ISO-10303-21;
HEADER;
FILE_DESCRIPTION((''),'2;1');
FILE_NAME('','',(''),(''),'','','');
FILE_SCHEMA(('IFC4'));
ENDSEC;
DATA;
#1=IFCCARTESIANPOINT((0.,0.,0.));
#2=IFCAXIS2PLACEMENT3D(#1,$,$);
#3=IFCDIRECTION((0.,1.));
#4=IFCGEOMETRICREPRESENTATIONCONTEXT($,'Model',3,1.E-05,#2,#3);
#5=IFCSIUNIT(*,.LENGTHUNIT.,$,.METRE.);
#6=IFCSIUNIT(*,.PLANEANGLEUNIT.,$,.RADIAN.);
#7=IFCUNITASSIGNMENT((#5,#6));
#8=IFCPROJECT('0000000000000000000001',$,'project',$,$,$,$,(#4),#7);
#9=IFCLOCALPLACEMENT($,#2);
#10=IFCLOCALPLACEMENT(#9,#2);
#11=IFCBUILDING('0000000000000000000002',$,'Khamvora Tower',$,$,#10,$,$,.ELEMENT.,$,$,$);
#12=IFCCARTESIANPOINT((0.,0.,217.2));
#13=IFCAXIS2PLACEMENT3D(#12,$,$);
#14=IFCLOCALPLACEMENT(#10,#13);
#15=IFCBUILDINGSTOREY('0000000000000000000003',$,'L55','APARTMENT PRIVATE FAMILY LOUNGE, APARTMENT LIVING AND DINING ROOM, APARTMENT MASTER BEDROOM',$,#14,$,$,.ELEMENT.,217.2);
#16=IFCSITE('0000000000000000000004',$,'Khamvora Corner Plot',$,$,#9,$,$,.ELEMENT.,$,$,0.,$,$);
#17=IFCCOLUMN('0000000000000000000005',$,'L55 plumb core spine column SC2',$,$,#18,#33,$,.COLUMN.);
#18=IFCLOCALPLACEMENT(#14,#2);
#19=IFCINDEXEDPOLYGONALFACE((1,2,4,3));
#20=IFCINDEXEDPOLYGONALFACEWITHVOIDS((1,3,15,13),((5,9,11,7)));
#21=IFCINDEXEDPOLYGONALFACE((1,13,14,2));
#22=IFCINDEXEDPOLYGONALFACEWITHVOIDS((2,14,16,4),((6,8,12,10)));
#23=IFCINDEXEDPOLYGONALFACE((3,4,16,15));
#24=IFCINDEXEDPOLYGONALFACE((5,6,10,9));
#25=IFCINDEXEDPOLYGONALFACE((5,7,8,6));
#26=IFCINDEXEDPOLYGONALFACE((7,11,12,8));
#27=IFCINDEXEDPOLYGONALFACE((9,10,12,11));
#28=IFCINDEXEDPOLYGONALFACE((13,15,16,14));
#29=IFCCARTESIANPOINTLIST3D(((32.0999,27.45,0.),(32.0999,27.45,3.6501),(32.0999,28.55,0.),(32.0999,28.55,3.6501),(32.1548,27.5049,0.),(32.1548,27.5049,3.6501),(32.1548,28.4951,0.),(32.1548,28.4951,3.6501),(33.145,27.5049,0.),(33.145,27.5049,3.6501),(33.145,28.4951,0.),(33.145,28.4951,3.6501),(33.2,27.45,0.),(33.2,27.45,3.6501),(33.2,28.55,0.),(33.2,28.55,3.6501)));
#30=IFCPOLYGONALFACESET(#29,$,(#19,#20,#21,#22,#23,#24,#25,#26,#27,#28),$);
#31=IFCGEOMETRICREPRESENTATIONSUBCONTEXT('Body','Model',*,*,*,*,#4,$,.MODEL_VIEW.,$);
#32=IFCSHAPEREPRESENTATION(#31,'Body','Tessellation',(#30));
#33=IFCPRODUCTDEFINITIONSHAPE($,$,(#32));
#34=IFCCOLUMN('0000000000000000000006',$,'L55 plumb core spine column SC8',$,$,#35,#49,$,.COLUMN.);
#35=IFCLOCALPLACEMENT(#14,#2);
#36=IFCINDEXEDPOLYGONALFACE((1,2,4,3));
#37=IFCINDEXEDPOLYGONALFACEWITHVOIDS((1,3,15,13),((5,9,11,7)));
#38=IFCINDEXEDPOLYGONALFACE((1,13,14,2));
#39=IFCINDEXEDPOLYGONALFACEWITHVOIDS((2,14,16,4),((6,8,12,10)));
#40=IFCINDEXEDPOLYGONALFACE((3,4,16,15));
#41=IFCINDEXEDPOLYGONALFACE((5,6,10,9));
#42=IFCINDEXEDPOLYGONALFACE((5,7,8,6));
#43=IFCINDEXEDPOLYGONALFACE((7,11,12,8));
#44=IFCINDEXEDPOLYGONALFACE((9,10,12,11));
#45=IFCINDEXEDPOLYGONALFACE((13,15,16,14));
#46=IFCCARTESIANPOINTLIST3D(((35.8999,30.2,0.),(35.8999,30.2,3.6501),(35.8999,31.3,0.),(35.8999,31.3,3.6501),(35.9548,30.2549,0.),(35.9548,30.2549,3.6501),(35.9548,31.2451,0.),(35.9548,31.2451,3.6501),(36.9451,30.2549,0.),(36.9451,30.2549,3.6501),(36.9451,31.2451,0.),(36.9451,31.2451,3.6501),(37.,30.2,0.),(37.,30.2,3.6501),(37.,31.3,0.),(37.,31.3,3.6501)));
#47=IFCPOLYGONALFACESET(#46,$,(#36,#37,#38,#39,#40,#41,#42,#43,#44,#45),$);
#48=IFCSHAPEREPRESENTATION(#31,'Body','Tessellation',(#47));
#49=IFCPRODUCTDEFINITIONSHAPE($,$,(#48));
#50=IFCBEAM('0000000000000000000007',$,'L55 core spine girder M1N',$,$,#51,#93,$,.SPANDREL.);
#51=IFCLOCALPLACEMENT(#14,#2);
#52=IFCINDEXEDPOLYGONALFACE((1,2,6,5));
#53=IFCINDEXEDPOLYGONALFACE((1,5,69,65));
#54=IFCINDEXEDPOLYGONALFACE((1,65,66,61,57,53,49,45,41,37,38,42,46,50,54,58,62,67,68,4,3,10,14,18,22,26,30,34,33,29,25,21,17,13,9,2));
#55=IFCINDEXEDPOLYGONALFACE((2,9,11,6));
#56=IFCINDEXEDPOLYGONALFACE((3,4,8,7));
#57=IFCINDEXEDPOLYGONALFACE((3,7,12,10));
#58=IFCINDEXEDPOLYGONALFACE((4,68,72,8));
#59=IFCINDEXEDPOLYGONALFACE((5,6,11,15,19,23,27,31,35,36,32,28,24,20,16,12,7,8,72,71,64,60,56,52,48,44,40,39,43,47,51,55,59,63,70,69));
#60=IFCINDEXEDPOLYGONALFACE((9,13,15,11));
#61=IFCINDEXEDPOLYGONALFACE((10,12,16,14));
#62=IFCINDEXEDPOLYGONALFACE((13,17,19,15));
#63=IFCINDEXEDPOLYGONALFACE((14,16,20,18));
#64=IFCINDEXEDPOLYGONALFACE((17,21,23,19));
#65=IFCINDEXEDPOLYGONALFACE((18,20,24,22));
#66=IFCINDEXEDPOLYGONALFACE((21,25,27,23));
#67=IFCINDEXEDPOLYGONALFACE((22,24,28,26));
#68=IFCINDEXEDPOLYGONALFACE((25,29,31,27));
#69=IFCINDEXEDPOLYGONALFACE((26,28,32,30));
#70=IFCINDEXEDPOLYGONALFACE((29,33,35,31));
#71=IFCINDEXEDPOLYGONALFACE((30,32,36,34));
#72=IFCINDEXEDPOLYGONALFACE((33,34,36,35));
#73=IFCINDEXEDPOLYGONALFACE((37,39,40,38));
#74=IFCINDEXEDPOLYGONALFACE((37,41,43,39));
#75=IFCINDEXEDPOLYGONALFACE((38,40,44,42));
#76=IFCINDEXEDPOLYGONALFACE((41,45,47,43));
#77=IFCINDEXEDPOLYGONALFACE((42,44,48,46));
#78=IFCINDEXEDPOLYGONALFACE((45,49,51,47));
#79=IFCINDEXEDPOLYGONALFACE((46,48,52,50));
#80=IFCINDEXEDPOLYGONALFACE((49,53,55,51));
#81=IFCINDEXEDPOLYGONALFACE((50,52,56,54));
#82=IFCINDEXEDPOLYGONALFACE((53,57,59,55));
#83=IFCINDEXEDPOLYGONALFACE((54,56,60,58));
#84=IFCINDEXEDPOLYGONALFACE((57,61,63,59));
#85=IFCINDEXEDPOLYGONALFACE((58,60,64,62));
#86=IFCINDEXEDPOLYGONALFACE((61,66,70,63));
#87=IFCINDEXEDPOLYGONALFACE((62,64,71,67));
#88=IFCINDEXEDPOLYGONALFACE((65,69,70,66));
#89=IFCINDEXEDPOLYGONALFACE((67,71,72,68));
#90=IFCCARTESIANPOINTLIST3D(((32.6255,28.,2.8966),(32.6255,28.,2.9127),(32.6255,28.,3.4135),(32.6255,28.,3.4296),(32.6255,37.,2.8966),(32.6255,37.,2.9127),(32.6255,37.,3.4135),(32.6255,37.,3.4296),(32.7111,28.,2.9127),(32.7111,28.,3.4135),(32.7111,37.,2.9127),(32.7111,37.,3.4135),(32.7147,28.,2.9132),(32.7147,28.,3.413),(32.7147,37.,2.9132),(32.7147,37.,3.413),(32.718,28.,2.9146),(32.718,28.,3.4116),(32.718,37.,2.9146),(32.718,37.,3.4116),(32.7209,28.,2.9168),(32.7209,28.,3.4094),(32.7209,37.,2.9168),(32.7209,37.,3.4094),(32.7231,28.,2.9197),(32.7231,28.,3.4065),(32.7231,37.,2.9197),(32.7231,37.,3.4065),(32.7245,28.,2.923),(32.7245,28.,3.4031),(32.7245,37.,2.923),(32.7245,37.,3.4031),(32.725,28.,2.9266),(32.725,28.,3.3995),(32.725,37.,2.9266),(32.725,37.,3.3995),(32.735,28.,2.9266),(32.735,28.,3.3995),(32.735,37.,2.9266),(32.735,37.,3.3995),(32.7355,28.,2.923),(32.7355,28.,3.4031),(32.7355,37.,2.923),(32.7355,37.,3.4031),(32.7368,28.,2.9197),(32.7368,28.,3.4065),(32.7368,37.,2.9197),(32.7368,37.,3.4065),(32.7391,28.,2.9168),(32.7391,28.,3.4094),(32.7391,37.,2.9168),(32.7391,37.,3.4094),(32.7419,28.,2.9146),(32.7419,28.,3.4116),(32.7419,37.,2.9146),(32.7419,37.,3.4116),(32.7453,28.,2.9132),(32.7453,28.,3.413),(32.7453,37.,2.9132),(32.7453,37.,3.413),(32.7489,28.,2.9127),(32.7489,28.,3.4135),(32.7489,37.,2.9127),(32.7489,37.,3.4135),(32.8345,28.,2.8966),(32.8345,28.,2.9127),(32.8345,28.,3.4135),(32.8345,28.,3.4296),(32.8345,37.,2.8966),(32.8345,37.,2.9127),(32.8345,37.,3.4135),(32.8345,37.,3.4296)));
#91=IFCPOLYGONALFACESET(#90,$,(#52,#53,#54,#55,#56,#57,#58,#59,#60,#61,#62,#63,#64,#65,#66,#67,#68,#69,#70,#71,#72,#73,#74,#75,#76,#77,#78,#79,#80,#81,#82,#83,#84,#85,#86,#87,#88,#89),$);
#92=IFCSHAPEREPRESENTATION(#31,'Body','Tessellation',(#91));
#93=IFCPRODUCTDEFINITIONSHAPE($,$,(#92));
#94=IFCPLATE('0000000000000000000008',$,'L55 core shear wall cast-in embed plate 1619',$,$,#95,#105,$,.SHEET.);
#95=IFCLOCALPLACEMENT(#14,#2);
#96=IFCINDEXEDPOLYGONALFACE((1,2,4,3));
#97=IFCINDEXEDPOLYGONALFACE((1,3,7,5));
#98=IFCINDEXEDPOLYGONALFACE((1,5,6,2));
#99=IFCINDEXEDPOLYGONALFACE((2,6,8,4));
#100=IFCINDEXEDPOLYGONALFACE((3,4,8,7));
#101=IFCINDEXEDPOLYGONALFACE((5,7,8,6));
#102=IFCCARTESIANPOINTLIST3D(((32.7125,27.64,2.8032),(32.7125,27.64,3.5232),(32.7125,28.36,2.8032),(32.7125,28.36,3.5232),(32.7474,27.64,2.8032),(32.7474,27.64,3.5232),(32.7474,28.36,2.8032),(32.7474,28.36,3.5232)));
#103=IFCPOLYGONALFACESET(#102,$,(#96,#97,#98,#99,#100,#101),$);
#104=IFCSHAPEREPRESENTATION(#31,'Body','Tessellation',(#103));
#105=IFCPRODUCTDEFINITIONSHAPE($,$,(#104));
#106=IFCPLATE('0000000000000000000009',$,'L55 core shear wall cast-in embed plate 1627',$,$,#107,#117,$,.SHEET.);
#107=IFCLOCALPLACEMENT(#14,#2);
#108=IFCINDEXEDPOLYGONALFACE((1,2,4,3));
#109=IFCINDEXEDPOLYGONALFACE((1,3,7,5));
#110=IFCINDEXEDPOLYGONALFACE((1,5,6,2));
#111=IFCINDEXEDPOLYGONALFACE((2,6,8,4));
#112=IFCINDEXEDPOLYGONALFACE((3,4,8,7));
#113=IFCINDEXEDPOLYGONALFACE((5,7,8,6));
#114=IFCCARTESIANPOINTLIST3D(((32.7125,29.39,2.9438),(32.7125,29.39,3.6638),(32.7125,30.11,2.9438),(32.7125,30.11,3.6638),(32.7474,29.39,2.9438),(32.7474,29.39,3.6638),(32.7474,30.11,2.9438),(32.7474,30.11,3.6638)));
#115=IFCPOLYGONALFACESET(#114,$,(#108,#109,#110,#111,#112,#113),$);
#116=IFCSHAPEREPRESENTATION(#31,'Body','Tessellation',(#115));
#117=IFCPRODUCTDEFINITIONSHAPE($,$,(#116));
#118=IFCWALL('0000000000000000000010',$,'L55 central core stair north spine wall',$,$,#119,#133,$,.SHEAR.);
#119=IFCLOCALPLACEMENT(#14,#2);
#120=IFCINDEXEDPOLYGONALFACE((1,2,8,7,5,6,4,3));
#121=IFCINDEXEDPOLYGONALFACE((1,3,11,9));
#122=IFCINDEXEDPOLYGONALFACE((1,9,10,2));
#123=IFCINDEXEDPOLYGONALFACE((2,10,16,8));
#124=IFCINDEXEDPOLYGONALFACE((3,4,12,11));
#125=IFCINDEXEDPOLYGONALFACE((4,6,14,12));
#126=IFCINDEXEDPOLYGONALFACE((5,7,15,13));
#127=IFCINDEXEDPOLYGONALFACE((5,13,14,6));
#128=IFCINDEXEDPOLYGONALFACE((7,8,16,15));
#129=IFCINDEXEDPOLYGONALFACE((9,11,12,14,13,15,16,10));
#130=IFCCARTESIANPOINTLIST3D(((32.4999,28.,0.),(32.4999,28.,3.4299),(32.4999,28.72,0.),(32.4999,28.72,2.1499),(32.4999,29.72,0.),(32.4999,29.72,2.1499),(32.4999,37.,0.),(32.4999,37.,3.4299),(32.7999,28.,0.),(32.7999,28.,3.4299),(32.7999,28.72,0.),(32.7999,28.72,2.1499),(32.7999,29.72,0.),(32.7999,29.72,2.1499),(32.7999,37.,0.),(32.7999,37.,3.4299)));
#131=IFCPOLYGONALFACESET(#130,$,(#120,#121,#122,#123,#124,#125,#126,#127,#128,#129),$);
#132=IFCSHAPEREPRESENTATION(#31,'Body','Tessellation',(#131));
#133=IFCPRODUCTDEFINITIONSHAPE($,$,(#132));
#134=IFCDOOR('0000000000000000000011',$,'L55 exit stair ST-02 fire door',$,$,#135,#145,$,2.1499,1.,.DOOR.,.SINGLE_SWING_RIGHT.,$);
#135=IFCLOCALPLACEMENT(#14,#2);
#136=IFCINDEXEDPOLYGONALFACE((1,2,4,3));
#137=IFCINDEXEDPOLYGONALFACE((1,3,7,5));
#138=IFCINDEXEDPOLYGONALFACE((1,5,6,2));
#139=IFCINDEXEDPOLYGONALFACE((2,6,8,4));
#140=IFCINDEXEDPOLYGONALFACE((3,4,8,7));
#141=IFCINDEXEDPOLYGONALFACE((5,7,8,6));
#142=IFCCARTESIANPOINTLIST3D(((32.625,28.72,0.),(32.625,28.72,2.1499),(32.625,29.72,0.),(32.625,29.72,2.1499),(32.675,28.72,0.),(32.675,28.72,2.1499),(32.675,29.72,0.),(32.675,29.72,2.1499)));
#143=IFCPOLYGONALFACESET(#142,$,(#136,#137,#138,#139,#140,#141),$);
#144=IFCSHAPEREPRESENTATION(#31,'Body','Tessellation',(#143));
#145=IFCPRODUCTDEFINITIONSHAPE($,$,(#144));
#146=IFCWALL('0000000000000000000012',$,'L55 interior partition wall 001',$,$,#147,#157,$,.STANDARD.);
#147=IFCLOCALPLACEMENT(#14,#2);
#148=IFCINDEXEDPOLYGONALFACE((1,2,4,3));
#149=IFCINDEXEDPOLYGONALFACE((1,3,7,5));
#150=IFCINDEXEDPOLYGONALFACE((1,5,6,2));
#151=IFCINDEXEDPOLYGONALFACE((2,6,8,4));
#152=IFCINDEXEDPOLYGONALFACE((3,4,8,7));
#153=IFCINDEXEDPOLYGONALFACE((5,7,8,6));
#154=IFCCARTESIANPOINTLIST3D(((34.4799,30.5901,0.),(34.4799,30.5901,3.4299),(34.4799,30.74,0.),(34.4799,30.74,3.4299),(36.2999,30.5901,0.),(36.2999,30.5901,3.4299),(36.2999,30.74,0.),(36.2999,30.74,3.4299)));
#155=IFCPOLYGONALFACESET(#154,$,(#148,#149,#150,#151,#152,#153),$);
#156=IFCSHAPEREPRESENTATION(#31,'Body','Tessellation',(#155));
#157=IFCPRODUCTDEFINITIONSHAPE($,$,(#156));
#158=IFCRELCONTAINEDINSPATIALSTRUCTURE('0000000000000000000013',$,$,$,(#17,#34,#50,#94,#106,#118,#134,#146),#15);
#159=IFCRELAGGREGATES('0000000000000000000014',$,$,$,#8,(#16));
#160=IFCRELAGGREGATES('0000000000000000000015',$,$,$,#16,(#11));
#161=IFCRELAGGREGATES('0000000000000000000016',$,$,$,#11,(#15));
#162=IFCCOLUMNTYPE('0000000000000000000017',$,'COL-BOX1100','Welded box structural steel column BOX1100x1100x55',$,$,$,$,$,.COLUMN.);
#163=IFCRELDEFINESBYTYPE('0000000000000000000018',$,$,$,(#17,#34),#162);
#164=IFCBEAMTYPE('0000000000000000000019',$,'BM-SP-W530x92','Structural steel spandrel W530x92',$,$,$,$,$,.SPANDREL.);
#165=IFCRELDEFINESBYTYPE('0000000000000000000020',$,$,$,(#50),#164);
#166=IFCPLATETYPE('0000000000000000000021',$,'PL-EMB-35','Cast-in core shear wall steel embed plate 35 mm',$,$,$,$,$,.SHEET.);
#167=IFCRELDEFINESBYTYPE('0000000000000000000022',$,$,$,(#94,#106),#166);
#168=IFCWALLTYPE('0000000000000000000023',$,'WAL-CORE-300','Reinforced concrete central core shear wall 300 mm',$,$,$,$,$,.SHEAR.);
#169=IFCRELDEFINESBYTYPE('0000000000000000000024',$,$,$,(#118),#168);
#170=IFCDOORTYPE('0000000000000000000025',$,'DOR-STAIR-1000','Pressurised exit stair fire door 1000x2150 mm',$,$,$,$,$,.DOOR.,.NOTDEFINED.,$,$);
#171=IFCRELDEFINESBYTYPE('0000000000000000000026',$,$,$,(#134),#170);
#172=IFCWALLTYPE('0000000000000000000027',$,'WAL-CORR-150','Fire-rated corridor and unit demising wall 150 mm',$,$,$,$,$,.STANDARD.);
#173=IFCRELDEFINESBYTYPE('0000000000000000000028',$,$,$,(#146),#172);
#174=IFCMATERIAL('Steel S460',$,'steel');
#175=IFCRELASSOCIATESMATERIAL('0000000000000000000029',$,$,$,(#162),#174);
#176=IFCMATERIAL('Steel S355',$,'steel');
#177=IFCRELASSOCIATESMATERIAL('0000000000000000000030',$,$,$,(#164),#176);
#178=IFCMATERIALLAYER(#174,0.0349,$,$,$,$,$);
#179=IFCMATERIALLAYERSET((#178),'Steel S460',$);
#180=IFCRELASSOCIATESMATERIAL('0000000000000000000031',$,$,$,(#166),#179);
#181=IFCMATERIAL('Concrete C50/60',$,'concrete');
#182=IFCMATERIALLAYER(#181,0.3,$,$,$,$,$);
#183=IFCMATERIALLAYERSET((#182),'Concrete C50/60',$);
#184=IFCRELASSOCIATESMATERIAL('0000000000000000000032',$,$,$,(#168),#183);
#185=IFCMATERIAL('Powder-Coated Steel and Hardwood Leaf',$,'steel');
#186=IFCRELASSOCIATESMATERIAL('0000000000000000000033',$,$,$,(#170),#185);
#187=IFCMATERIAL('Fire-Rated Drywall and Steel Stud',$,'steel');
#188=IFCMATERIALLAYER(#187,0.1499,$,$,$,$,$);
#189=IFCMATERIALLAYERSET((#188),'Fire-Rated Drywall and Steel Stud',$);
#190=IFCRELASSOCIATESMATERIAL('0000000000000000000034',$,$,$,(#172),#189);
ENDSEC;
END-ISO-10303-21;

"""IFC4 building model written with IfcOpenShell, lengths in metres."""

from ifc_helpers import new_model, si_unit, direction, frame, frame_2d, origin, origin_2d, place, context, subcontext, project, spatial, rectangle, hollow_rectangle, i_section, extrude, material, layer, layer_set, material_profile, profile_set, type_object, element, fill, save


model = new_model("IFC4")

# Units and contexts
model_context = context("Model", 3, precision=1e-05, world=origin(), true_north=direction((0.0, 1.0)))
body_context = subcontext(model_context, "Body", "Model", "MODEL_VIEW")
ifc_project = project(units=[si_unit("LENGTHUNIT", "METRE"), si_unit("PLANEANGLEUNIT", "RADIAN")], contexts=[model_context])

# Site, building, storey
site_placement = place(None, origin())
site = spatial("IfcSite", under=ifc_project, at=site_placement, Name="Khamvora Corner Plot", CompositionType="ELEMENT", RefElevation=0.0)
building_placement = place(site_placement, origin())
building = spatial("IfcBuilding", under=site, at=building_placement, Name="Khamvora Tower", CompositionType="ELEMENT")
storey_placement = place(building_placement, frame((0.0, 0.0, 217.2)))
storey = spatial("IfcBuildingStorey", under=building, at=storey_placement, Name="L55", Description="APARTMENT PRIVATE FAMILY LOUNGE, APARTMENT LIVING AND DINING ROOM, APARTMENT MASTER BEDROOM", CompositionType="ELEMENT", Elevation=217.2)

# Columns
ifc_material_1 = material(Name="Steel S460", Category="steel")
ifc_material_profile_1 = material_profile(ifc_material_1, hollow_rectangle(XDim=1.1001, YDim=1.1001, WallThickness=0.0549, at=origin_2d()), Name="BOX1100x1100x55")
ifc_profile_set_1 = profile_set([ifc_material_profile_1], Name="Steel S460")
column_type = type_object("IfcColumnType", Name="COL-BOX1100", Description="Welded box structural steel column BOX1100x1100x55", PredefinedType="COLUMN", material=ifc_profile_set_1)
for number, where, z_axis, x_axis, name in (
    (1, (32.6499, 28.0, 0.0), (0.0, 0.0, 1.0), (1.0, 0.0, 0.0), "L55 plumb core spine column SC2"),
    (2, (36.45, 30.75, 0.0), (0.0, 0.0, 1.0), (1.0, 0.0, 0.0), "L55 plumb core spine column SC8"),
):
    element("IfcColumn", number, at=place(storey_placement, frame(where, z_axis=z_axis, x_axis=x_axis)), inside=storey, type_object=column_type, Name=name, PredefinedType="COLUMN", context=body_context, shape_type="SweptSolid", body=[
        extrude(hollow_rectangle(XDim=1.1001, YDim=1.1001, WallThickness=0.0549, at=origin_2d()), origin(), (0.0, 0.0, 1.0), 3.6501),
    ])

# Beam
ifc_material_2 = material(Name="Steel S355", Category="steel")
ifc_material_profile_2 = material_profile(ifc_material_2, i_section(OverallWidth=0.209, OverallDepth=0.533, WebThickness=0.01, FlangeThickness=0.0161, FilletRadius=0.0139, at=origin_2d()), Name="W530x92")
ifc_profile_set_2 = profile_set([ifc_material_profile_2], Name="Steel S355")
beam_type = type_object("IfcBeamType", Name="BM-SP-W530x92", Description="Structural steel spandrel W530x92", PredefinedType="SPANDREL", material=ifc_profile_set_2)
beam_placement = place(storey_placement, frame((32.73, 28.0, 3.1631), z_axis=(0.0, 1.0, 0.0), x_axis=(-1.0, 0.0, 0.0)))
element("IfcBeam", 3, at=beam_placement, inside=storey, type_object=beam_type, Name="L55 core spine girder M1N", PredefinedType="SPANDREL", context=body_context, shape_type="SweptSolid", body=[
    extrude(i_section(OverallWidth=0.209, OverallDepth=0.533, WebThickness=0.01, FlangeThickness=0.0161, FilletRadius=0.0139, at=origin_2d()), origin(), (0.0, 0.0, 1.0), 9.0),
])

# Plates
ifc_layer_1 = layer(ifc_material_1, 0.0349)
ifc_layer_set_1 = layer_set([ifc_layer_1], Name="Steel S460")
plate_type = type_object("IfcPlateType", Name="PL-EMB-35", Description="Cast-in core shear wall steel embed plate 35 mm", PredefinedType="SHEET", material=ifc_layer_set_1)
for number, where, z_axis, x_axis, name in (
    (4, (32.73, 28.0, 2.8032), (0.0, 0.0, 1.0), (1.0, 0.0, 0.0), "L55 core shear wall cast-in embed plate 1619"),
    (5, (32.73, 29.75, 2.9438), (0.0, 0.0, 1.0), (1.0, 0.0, 0.0), "L55 core shear wall cast-in embed plate 1627"),
):
    element("IfcPlate", number, at=place(storey_placement, frame(where, z_axis=z_axis, x_axis=x_axis)), inside=storey, type_object=plate_type, Name=name, PredefinedType="SHEET", context=body_context, shape_type="SweptSolid", body=[
        extrude(rectangle(XDim=0.0349, YDim=0.72, at=origin_2d()), origin(), (0.0, 0.0, 1.0), 0.72),
    ])

# Wall, opening, door
ifc_material_3 = material(Name="Concrete C50/60", Category="concrete")
ifc_layer_2 = layer(ifc_material_3, 0.3)
ifc_layer_set_2 = layer_set([ifc_layer_2], Name="Concrete C50/60")
wall_type_1 = type_object("IfcWallType", Name="WAL-CORE-300", Description="Reinforced concrete central core shear wall 300 mm", PredefinedType="SHEAR", material=ifc_layer_set_2)
wall_1_placement = place(storey_placement, frame((32.6499, 28.0, 0.0), z_axis=(0.0, 0.0, 1.0), x_axis=(0.0, 1.0, 0.0)))
wall_1 = element("IfcWall", 6, at=wall_1_placement, inside=storey, type_object=wall_type_1, Name="L55 central core stair north spine wall", PredefinedType="SHEAR", context=body_context, shape_type="SweptSolid", body=[
    extrude(rectangle(XDim=9.0, YDim=0.3, at=frame_2d((4.5, 0.0))), origin(), (0.0, 0.0, 1.0), 3.4299),
])
opening_1_placement = place(wall_1_placement, frame((0.72, 0.0, 0.0)))
opening_1 = element("IfcOpeningElement", 7, at=opening_1_placement, cuts=wall_1, PredefinedType="OPENING", context=body_context, shape_type="SweptSolid", body=[
    extrude(rectangle(XDim=1.0, YDim=2.1499, at=frame_2d((0.5, 1.075))), frame((0.0, 0.1599, 0.0), z_axis=(0.0, -1.0, 0.0), x_axis=(1.0, 0.0, 0.0)), (0.0, 0.0, 1.0), 0.3201),
])
ifc_material_4 = material(Name="Powder-Coated Steel and Hardwood Leaf", Category="steel")
door_type_1 = type_object("IfcDoorType", Name="DOR-STAIR-1000", Description="Pressurised exit stair fire door 1000x2150 mm", OperationType="NOTDEFINED", PredefinedType="DOOR", material=ifc_material_4)
door_1_placement = place(opening_1_placement, origin())
door_1 = element("IfcDoor", 8, at=door_1_placement, inside=storey, type_object=door_type_1, Name="L55 exit stair ST-02 fire door", OperationType="SINGLE_SWING_RIGHT", OverallHeight=2.1499, OverallWidth=1.0, PredefinedType="DOOR", context=body_context, shape_type="SweptSolid", body=[
    extrude(rectangle(XDim=1.0, YDim=2.1499, at=frame_2d((0.5, 1.075))), frame((0.0, 0.0249, 0.0), z_axis=(0.0, -1.0, 0.0), x_axis=(1.0, 0.0, 0.0)), (0.0, 0.0, 1.0), 0.05),
])
fill(opening_1, door_1)

# Wall
ifc_material_5 = material(Name="Fire-Rated Drywall and Steel Stud", Category="steel")
ifc_layer_3 = layer(ifc_material_5, 0.1499)
ifc_layer_set_3 = layer_set([ifc_layer_3], Name="Fire-Rated Drywall and Steel Stud")
wall_type_2 = type_object("IfcWallType", Name="WAL-CORR-150", Description="Fire-rated corridor and unit demising wall 150 mm", PredefinedType="STANDARD", material=ifc_layer_set_3)
wall_2_placement = place(storey_placement, frame((36.3, 30.665, 0.0), z_axis=(0.0, 0.0, 1.0), x_axis=(-1.0, 0.0, 0.0)))
element("IfcWall", 9, at=wall_2_placement, inside=storey, type_object=wall_type_2, Name="L55 interior partition wall 001", PredefinedType="STANDARD", context=body_context, shape_type="SweptSolid", body=[
    extrude(rectangle(XDim=1.8201, YDim=0.1499, at=frame_2d((0.9102, 0.0))), origin(), (0.0, 0.0, 1.0), 3.4299),
])

save(model, "model.ifc")
